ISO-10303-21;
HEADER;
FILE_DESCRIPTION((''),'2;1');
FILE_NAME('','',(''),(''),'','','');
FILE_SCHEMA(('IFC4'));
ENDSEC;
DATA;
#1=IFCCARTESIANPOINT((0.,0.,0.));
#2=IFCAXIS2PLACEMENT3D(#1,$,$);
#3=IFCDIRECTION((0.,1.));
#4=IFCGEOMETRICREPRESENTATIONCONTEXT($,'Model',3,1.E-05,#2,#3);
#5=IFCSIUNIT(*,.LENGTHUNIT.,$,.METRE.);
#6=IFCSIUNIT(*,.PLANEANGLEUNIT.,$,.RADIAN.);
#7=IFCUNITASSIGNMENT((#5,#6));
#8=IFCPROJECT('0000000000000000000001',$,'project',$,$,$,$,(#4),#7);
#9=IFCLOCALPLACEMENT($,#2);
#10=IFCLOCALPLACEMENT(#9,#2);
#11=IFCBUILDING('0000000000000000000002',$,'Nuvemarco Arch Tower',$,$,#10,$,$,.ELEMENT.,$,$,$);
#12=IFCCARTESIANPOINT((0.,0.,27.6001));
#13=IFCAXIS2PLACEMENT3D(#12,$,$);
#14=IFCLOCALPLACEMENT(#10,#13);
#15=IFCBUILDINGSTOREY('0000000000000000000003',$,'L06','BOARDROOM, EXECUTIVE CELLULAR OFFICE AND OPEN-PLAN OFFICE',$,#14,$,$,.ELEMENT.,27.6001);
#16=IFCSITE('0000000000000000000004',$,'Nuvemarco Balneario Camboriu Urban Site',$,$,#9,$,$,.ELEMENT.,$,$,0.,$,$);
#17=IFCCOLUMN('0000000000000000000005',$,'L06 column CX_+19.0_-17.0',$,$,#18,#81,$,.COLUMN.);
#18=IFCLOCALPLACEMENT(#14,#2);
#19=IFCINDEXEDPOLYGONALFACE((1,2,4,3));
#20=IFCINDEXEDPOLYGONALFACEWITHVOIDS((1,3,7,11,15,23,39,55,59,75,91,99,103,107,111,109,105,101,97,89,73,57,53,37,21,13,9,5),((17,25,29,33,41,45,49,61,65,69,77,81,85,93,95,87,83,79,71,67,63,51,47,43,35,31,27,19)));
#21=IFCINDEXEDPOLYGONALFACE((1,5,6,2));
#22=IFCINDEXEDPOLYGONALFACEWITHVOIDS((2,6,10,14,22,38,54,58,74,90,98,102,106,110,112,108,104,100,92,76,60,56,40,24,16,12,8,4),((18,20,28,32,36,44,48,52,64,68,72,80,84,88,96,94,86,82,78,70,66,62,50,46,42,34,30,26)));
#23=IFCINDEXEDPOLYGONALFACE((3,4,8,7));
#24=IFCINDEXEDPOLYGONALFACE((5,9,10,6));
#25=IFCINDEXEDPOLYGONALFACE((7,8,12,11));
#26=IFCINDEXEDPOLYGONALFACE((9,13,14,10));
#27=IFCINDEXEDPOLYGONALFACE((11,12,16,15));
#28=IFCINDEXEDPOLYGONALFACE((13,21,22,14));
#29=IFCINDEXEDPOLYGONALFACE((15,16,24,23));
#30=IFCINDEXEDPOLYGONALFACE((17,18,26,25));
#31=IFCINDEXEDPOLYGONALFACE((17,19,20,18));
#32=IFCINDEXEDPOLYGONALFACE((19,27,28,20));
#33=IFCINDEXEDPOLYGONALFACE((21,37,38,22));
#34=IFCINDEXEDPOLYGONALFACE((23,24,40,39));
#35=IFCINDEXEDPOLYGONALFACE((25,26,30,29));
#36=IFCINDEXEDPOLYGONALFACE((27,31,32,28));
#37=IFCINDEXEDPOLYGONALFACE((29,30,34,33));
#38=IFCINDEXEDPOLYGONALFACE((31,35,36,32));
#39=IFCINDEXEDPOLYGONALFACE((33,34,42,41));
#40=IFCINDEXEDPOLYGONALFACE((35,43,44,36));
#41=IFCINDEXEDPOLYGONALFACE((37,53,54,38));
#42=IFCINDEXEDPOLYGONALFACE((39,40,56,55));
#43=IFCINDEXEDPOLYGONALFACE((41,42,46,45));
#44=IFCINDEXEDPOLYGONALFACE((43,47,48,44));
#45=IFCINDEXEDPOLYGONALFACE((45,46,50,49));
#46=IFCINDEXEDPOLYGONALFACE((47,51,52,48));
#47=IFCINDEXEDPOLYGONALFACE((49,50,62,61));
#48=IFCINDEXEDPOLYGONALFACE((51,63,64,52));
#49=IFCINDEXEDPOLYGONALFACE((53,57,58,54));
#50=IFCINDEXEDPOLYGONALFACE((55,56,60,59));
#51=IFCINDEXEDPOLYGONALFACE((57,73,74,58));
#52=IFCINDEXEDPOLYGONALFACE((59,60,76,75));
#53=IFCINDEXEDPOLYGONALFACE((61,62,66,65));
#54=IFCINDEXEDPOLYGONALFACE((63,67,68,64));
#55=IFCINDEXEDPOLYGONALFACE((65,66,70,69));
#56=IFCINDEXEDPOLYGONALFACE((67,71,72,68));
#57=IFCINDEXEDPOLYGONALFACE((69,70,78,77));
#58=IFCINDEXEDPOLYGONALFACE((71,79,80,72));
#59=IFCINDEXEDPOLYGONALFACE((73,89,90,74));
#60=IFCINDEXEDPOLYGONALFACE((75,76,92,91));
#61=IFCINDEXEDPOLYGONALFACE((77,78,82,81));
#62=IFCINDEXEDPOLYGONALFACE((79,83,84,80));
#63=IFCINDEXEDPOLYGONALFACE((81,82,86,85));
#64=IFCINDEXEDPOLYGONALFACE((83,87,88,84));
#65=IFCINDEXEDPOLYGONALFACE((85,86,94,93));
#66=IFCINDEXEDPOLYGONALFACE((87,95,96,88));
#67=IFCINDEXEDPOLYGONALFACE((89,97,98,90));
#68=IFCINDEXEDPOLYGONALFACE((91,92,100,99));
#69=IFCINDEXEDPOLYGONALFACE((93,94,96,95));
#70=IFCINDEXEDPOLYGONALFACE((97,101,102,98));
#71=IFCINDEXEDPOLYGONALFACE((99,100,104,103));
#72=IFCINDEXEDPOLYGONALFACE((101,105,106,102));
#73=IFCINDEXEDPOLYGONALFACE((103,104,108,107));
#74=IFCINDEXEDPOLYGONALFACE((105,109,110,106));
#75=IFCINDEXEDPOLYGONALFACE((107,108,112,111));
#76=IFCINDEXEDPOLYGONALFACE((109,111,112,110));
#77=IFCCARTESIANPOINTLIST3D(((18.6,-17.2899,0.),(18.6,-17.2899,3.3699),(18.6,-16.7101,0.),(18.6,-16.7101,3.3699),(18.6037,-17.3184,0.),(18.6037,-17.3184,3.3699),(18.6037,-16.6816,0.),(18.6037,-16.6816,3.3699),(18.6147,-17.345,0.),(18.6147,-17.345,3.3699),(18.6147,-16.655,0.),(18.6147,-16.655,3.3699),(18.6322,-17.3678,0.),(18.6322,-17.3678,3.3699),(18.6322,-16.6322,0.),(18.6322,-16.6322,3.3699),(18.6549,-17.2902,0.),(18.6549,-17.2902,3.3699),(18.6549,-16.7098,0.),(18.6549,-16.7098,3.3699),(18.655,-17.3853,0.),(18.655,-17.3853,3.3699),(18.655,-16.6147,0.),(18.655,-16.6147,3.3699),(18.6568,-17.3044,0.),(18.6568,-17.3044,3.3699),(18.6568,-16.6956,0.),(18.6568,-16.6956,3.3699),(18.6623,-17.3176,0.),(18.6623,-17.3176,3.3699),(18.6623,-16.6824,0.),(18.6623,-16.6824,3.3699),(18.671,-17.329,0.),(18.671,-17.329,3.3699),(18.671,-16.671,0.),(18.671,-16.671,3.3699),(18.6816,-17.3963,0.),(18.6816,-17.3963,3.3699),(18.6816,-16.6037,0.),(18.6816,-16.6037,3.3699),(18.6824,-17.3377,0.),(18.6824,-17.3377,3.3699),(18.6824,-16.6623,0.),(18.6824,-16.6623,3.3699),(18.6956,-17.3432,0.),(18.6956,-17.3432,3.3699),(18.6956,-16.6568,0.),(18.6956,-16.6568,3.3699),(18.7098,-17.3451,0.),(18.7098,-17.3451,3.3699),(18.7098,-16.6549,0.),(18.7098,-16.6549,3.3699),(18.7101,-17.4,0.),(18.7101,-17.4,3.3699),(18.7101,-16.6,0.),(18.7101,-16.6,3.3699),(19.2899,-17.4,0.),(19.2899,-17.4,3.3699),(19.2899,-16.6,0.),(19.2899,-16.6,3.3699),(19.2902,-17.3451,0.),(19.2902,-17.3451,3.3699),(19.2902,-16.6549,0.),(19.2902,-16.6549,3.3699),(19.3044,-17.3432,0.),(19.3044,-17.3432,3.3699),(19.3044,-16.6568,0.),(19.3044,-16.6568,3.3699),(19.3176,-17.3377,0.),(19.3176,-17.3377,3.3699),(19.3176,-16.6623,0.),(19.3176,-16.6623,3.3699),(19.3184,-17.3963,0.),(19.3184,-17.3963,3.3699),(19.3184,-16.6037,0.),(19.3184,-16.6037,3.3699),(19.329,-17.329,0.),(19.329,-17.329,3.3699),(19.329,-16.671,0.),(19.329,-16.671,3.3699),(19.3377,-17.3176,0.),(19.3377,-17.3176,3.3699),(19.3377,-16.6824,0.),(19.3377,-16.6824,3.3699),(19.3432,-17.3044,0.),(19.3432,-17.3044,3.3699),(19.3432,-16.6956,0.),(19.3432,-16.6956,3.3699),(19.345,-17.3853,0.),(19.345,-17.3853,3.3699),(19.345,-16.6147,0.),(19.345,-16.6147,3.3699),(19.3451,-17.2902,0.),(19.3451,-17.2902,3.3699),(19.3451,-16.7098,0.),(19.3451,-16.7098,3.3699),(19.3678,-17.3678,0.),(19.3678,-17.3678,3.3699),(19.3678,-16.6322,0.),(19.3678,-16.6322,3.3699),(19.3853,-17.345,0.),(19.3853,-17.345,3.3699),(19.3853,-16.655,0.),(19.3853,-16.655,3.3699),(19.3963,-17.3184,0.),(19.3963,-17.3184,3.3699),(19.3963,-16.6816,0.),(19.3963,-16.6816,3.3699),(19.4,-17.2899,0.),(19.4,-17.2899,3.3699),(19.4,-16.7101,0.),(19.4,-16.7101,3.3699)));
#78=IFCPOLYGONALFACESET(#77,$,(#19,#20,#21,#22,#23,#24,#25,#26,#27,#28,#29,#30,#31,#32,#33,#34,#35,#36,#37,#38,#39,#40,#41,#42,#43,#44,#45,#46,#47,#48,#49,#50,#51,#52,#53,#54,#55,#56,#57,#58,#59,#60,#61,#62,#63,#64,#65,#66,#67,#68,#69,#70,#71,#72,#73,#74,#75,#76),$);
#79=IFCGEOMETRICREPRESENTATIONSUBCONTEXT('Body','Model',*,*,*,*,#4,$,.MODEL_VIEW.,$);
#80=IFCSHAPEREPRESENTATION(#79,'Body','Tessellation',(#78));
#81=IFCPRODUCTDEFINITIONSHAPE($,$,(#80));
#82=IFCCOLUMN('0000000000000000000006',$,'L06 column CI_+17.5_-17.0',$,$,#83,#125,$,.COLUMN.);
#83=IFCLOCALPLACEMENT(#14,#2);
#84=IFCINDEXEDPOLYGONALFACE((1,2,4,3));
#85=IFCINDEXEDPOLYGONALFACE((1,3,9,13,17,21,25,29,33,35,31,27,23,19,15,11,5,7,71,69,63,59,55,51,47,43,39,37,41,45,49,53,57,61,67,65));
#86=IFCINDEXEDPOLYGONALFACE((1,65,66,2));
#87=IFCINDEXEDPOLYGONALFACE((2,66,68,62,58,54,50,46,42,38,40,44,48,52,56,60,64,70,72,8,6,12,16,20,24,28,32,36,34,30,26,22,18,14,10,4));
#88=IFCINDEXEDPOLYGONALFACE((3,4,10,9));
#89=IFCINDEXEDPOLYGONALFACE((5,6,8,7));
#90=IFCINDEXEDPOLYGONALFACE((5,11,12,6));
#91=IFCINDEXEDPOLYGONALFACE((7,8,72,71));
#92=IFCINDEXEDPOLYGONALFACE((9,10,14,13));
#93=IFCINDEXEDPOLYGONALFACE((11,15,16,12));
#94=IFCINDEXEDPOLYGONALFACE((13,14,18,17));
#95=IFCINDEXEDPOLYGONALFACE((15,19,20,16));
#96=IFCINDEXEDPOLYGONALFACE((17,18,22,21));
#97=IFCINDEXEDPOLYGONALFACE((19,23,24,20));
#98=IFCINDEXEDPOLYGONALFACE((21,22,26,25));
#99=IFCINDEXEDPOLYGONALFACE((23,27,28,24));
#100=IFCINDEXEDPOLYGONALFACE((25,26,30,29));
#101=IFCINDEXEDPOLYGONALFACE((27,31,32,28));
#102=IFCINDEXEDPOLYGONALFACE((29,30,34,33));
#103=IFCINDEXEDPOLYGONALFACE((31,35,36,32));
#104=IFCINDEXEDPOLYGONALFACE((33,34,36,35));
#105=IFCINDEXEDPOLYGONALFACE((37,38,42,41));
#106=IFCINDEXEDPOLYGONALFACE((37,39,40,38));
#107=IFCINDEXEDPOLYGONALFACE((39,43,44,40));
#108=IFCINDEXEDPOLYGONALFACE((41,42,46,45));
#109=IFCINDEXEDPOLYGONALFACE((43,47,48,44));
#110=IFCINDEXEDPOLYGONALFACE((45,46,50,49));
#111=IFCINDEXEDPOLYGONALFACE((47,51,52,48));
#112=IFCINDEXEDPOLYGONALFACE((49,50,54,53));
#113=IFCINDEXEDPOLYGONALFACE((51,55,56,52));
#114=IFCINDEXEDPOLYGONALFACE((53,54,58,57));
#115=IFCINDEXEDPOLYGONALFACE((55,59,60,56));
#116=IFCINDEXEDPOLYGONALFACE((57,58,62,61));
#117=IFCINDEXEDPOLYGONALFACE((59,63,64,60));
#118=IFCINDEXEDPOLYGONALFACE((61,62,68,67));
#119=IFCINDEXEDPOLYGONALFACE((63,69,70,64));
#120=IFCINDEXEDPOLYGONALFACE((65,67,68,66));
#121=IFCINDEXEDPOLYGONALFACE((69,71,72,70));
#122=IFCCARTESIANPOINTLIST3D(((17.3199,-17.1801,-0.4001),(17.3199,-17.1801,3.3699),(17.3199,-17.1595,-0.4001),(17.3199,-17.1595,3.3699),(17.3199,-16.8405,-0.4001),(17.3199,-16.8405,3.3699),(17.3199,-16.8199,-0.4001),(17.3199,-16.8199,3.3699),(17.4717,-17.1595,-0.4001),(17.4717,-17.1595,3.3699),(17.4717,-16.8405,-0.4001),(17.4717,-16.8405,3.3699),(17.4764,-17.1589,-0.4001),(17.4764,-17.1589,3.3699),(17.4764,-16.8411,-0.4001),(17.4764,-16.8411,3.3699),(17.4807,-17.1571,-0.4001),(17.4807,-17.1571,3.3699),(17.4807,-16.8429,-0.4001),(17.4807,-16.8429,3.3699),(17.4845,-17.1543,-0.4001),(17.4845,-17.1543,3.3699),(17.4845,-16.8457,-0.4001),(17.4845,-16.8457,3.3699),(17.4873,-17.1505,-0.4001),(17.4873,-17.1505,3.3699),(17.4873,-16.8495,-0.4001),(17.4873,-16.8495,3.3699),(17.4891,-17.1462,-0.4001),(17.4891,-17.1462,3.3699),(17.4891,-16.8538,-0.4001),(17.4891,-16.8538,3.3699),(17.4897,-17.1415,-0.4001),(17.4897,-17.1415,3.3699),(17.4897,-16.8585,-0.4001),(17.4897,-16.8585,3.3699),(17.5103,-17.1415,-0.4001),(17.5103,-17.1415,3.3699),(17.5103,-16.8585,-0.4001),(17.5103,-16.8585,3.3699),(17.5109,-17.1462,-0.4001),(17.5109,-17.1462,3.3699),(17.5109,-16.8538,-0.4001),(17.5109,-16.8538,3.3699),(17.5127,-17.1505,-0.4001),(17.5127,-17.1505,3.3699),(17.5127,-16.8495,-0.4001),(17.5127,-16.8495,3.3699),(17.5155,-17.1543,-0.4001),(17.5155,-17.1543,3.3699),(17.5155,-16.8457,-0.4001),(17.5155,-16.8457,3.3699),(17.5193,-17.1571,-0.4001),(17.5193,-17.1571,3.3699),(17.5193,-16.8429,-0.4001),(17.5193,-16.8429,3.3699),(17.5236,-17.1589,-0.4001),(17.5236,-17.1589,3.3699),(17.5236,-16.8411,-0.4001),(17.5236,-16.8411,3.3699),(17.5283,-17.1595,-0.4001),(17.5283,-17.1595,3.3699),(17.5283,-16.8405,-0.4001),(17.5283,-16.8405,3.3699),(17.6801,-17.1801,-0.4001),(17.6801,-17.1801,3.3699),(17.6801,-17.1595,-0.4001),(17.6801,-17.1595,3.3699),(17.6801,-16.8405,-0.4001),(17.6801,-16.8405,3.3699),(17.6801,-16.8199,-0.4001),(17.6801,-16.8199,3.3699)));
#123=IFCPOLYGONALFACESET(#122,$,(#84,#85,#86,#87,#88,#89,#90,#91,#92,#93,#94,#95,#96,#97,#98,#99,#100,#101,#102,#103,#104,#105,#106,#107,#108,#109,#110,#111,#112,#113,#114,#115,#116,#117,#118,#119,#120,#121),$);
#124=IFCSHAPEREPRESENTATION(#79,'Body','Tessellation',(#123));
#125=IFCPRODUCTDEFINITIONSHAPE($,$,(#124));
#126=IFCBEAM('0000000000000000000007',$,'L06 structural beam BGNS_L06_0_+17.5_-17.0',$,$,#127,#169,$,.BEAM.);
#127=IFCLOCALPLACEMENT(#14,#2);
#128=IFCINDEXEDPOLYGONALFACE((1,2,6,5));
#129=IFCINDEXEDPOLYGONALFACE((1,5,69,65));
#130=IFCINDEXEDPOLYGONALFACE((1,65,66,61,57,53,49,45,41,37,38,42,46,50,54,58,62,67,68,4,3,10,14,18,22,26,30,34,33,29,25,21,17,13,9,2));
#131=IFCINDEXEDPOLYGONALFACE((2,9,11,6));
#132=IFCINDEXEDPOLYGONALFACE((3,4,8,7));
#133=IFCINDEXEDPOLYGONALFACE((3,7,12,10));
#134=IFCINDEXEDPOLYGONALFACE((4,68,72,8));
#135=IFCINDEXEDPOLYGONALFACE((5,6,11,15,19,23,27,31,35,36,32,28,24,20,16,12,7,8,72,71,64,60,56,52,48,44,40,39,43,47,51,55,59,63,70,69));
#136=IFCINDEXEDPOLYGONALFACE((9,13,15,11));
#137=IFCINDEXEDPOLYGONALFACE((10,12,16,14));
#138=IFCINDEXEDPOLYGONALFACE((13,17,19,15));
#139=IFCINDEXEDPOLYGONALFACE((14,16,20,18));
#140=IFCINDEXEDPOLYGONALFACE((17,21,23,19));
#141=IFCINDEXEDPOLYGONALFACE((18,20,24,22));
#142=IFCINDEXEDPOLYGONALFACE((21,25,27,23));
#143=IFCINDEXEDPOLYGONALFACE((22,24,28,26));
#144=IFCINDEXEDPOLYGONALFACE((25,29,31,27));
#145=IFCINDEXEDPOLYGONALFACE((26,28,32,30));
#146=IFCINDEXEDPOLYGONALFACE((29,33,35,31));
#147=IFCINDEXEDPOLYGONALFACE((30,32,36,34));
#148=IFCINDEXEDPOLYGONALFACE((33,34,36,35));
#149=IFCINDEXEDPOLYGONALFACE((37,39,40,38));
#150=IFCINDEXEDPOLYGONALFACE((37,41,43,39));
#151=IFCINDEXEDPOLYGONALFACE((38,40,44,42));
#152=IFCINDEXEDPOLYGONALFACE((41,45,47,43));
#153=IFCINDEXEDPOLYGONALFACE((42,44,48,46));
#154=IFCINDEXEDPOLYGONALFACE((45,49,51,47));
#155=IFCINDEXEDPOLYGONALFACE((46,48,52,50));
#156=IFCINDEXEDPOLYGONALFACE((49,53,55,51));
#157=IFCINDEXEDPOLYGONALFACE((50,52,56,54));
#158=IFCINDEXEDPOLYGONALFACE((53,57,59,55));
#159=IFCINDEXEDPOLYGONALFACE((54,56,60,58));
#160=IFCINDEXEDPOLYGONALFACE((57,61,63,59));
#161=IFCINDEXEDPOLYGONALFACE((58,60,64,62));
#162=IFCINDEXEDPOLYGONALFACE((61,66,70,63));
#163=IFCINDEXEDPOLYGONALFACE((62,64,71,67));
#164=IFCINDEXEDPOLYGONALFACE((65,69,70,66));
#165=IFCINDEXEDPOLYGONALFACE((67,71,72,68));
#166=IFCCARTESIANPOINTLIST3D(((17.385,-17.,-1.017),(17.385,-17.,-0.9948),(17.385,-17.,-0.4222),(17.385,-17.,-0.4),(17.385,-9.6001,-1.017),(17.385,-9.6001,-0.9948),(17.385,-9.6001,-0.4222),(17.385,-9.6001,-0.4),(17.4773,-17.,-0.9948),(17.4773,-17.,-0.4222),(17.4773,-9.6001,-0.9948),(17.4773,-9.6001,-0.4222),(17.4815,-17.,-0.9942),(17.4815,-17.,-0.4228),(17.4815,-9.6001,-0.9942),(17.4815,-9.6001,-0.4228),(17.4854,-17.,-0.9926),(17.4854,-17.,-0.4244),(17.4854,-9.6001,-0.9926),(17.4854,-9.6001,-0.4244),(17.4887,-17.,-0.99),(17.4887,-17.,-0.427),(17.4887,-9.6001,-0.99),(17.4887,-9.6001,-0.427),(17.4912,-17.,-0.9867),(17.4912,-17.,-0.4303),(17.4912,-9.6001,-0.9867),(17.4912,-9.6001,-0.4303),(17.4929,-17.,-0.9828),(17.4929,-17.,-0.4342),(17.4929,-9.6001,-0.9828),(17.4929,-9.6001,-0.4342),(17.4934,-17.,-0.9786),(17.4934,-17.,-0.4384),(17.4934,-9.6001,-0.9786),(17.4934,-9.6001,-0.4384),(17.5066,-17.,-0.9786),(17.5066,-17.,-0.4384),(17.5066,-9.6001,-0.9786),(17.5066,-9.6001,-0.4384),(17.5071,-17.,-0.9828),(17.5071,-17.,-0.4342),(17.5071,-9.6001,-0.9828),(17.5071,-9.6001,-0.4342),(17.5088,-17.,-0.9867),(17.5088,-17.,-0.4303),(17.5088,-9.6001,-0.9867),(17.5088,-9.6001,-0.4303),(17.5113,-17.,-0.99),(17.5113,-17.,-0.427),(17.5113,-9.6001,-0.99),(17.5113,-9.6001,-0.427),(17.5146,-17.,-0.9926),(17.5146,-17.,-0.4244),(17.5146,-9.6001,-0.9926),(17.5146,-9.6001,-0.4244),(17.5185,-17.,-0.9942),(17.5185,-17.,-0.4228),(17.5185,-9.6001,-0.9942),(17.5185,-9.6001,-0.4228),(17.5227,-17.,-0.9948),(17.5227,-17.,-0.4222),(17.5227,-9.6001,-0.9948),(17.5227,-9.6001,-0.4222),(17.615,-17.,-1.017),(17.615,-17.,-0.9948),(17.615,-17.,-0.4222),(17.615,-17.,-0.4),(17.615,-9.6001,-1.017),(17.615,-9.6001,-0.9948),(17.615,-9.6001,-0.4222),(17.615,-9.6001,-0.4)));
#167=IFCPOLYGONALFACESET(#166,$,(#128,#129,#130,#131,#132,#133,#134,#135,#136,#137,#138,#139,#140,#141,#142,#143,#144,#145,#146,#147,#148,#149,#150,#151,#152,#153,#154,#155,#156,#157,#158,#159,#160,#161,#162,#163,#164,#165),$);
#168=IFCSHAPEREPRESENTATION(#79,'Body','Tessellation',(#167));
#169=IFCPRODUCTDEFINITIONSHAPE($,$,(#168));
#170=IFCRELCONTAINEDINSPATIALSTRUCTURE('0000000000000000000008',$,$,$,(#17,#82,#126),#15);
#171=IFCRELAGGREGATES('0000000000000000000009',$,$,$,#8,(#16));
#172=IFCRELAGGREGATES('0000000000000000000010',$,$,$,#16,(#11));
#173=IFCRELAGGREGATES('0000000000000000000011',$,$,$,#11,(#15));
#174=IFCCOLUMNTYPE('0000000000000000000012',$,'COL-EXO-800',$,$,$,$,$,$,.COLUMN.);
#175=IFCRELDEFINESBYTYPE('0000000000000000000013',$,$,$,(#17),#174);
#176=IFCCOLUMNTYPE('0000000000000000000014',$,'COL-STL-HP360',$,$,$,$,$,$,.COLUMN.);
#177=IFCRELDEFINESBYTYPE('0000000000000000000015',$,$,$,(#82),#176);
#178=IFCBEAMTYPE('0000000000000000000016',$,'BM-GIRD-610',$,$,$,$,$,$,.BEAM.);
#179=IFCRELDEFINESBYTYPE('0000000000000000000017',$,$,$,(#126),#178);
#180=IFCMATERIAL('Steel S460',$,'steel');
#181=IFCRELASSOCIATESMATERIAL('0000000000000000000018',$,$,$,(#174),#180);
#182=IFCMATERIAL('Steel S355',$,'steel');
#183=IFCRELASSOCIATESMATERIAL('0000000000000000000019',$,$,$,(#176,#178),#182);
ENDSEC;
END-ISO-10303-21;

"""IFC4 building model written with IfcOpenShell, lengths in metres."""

from ifc_helpers import new_model, si_unit, direction, frame, origin, origin_2d, place, context, subcontext, project, spatial, hollow_rectangle, i_section, extrude, material, material_profile, profile_set, type_object, element, save


model = new_model("IFC4")

# Units and contexts
model_context = context("Model", 3, precision=1e-05, world=origin(), true_north=direction((0.0, 1.0)))
body_context = subcontext(model_context, "Body", "Model", "MODEL_VIEW")
ifc_project = project(units=[si_unit("LENGTHUNIT", "METRE"), si_unit("PLANEANGLEUNIT", "RADIAN")], contexts=[model_context])

# Site, building, storey
site_placement = place(None, origin())
site = spatial("IfcSite", under=ifc_project, at=site_placement, Name="Nuvemarco Balneario Camboriu Urban Site", CompositionType="ELEMENT", RefElevation=0.0)
building_placement = place(site_placement, origin())
building = spatial("IfcBuilding", under=site, at=building_placement, Name="Nuvemarco Arch Tower", CompositionType="ELEMENT")
storey_placement = place(building_placement, frame((0.0, 0.0, 27.6001)))
storey = spatial("IfcBuildingStorey", under=building, at=storey_placement, Name="L06", Description="BOARDROOM, EXECUTIVE CELLULAR OFFICE AND OPEN-PLAN OFFICE", CompositionType="ELEMENT", Elevation=27.6001)

# Columns
ifc_material_1 = material(Name="Steel S460", Category="steel")
ifc_material_profile_1 = material_profile(ifc_material_1, hollow_rectangle(XDim=0.8, YDim=0.8, WallThickness=0.0549, InnerFilletRadius=0.0549, OuterFilletRadius=0.1101, at=origin_2d()), Name="SHS800x800x55")
ifc_profile_set_1 = profile_set([ifc_material_profile_1], Name="Steel S460")
column_type_1 = type_object("IfcColumnType", Name="COL-EXO-800", PredefinedType="COLUMN", material=ifc_profile_set_1)
column_1_placement = place(storey_placement, frame((19.0, -17.0, 0.0), z_axis=(0.0, 0.0, 1.0), x_axis=(1.0, 0.0, 0.0)))
element("IfcColumn", 1, at=column_1_placement, inside=storey, type_object=column_type_1, Name="L06 column CX_+19.0_-17.0", PredefinedType="COLUMN", context=body_context, shape_type="SweptSolid", body=[
    extrude(hollow_rectangle(XDim=0.8, YDim=0.8, WallThickness=0.0549, InnerFilletRadius=0.0549, OuterFilletRadius=0.1101, at=origin_2d()), origin(), (0.0, 0.0, 1.0), 3.3699),
])
ifc_material_2 = material(Name="Steel S355", Category="steel")
ifc_material_profile_2 = material_profile(ifc_material_2, i_section(OverallWidth=0.3601, OverallDepth=0.3601, WebThickness=0.0205, FlangeThickness=0.0205, FilletRadius=0.0181, at=origin_2d()), Name="HP360x174")
ifc_profile_set_2 = profile_set([ifc_material_profile_2], Name="Steel S355")
column_type_2 = type_object("IfcColumnType", Name="COL-STL-HP360", PredefinedType="COLUMN", material=ifc_profile_set_2)
column_2_placement = place(storey_placement, frame((17.5, -17.0, -0.4001), z_axis=(0.0, 0.0, 1.0), x_axis=(1.0, 0.0, 0.0)))
element("IfcColumn", 2, at=column_2_placement, inside=storey, type_object=column_type_2, Name="L06 column CI_+17.5_-17.0", PredefinedType="COLUMN", context=body_context, shape_type="SweptSolid", body=[
    extrude(i_section(OverallWidth=0.3601, OverallDepth=0.3601, WebThickness=0.0205, FlangeThickness=0.0205, FilletRadius=0.0181, at=origin_2d()), origin(), (0.0, 0.0, 1.0), 3.77),
])

# Beam
ifc_material_profile_3 = material_profile(ifc_material_2, i_section(OverallWidth=0.23, OverallDepth=0.6169, WebThickness=0.0132, FlangeThickness=0.0222, FilletRadius=0.0161, at=origin_2d()), Name="W610x140")
ifc_profile_set_3 = profile_set([ifc_material_profile_3], Name="Steel S355")
beam_type_1 = type_object("IfcBeamType", Name="BM-GIRD-610", PredefinedType="BEAM", material=ifc_profile_set_3)
beam_1_placement = place(storey_placement, frame((17.5, -17.0, -0.7085), z_axis=(0.0, 1.0, 0.0), x_axis=(-1.0, 0.0, 0.0)))
element("IfcBeam", 3, at=beam_1_placement, inside=storey, type_object=beam_type_1, Name="L06 structural beam BGNS_L06_0_+17.5_-17.0", PredefinedType="BEAM", context=body_context, shape_type="SweptSolid", body=[
    extrude(i_section(OverallWidth=0.23, OverallDepth=0.6169, WebThickness=0.0132, FlangeThickness=0.0222, FilletRadius=0.0161, at=origin_2d()), origin(), (0.0, 0.0, 1.0), 7.3999),
])

save(model, "model.ifc")
